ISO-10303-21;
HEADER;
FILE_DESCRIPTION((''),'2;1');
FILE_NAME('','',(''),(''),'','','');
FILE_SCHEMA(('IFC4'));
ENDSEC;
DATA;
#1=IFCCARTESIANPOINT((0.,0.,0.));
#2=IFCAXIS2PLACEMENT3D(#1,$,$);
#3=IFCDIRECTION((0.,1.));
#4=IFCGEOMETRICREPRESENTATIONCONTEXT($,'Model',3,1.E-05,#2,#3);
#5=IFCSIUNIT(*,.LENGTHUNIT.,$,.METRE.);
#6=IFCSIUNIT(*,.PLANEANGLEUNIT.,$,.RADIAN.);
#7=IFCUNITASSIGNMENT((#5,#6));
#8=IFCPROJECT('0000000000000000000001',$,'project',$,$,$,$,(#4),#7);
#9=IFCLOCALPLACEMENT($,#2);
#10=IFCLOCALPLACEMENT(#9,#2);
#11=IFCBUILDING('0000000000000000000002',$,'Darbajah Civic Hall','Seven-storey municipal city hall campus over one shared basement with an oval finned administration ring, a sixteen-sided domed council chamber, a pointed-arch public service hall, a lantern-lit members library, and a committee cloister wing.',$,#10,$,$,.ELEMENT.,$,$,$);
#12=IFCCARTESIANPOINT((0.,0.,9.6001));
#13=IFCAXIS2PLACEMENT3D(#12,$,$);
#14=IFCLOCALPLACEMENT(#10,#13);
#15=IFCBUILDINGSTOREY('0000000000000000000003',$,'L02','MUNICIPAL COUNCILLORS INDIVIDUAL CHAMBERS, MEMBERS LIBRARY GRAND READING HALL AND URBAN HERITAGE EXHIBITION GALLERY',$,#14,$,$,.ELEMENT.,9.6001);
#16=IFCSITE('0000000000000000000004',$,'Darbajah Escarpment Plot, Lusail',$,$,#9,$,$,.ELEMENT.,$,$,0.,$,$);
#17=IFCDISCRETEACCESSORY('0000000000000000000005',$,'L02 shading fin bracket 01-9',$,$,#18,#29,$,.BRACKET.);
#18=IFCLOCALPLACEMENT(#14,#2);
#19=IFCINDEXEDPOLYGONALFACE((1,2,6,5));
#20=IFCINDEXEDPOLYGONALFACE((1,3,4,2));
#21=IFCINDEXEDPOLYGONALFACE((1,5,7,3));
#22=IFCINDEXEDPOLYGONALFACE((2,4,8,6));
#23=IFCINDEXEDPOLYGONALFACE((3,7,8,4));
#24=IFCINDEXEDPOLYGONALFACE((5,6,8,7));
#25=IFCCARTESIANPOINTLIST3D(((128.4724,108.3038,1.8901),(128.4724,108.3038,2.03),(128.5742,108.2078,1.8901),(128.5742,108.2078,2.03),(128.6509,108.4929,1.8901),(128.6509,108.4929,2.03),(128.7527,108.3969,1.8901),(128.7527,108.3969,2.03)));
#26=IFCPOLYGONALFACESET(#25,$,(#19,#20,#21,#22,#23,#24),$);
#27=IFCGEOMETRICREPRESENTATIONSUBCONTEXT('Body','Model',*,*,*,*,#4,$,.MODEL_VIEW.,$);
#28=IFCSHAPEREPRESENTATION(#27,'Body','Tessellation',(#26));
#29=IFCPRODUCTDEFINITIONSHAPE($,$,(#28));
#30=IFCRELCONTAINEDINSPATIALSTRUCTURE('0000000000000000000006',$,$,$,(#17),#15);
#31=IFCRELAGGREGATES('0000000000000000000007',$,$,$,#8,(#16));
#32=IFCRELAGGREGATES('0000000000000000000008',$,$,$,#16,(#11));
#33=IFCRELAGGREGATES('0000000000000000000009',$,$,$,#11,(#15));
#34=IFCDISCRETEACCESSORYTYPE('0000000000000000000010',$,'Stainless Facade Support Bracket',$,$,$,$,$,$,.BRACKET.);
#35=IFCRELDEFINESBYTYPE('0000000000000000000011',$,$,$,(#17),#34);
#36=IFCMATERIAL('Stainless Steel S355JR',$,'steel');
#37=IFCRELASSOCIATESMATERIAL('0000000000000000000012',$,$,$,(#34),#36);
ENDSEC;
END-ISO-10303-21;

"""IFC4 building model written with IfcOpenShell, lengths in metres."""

from ifc_helpers import new_model, si_unit, direction, frame, origin, origin_2d, place, context, subcontext, project, spatial, rectangle, extrude, material, type_object, element, save


model = new_model("IFC4")

# Units and contexts
model_context = context("Model", 3, precision=1e-05, world=origin(), true_north=direction((0.0, 1.0)))
body_context = subcontext(model_context, "Body", "Model", "MODEL_VIEW")
ifc_project = project(units=[si_unit("LENGTHUNIT", "METRE"), si_unit("PLANEANGLEUNIT", "RADIAN")], contexts=[model_context])

# Site, building, storey
site_placement = place(None, origin())
site = spatial("IfcSite", under=ifc_project, at=site_placement, Name="Darbajah Escarpment Plot, Lusail", CompositionType="ELEMENT", RefElevation=0.0)
building_placement = place(site_placement, origin())
building = spatial("IfcBuilding", under=site, at=building_placement, Name="Darbajah Civic Hall", Description="Seven-storey municipal city hall campus over one shared basement with an oval finned administration ring, a sixteen-sided domed council chamber, a pointed-arch public service hall, a lantern-lit members library, and a committee cloister wing.", CompositionType="ELEMENT")
storey_placement = place(building_placement, frame((0.0, 0.0, 9.6001)))
storey = spatial("IfcBuildingStorey", under=building, at=storey_placement, Name="L02", Description="MUNICIPAL COUNCILLORS INDIVIDUAL CHAMBERS, MEMBERS LIBRARY GRAND READING HALL AND URBAN HERITAGE EXHIBITION GALLERY", CompositionType="ELEMENT", Elevation=9.6001)

# Discrete accessory
ifc_material_1 = material(Name="Stainless Steel S355JR", Category="steel")
discrete_accessory_type = type_object("IfcDiscreteAccessoryType", Name="Stainless Facade Support Bracket", PredefinedType="BRACKET", material=ifc_material_1)
discrete_accessory_placement = place(storey_placement, frame((128.6125, 108.3503, 1.8901), z_axis=(0.0, 0.0, 1.0), x_axis=(0.686453, 0.727174, 0.0)))
element("IfcDiscreteAccessory", 1, at=discrete_accessory_placement, inside=storey, type_object=discrete_accessory_type, Name="L02 shading fin bracket 01-9", PredefinedType="BRACKET", context=body_context, shape_type="SweptSolid", body=[
    extrude(rectangle(XDim=0.26, YDim=0.1399, at=origin_2d()), origin(), (0.0, 0.0, 1.0), 0.1399),
])

save(model, "model.ifc")
